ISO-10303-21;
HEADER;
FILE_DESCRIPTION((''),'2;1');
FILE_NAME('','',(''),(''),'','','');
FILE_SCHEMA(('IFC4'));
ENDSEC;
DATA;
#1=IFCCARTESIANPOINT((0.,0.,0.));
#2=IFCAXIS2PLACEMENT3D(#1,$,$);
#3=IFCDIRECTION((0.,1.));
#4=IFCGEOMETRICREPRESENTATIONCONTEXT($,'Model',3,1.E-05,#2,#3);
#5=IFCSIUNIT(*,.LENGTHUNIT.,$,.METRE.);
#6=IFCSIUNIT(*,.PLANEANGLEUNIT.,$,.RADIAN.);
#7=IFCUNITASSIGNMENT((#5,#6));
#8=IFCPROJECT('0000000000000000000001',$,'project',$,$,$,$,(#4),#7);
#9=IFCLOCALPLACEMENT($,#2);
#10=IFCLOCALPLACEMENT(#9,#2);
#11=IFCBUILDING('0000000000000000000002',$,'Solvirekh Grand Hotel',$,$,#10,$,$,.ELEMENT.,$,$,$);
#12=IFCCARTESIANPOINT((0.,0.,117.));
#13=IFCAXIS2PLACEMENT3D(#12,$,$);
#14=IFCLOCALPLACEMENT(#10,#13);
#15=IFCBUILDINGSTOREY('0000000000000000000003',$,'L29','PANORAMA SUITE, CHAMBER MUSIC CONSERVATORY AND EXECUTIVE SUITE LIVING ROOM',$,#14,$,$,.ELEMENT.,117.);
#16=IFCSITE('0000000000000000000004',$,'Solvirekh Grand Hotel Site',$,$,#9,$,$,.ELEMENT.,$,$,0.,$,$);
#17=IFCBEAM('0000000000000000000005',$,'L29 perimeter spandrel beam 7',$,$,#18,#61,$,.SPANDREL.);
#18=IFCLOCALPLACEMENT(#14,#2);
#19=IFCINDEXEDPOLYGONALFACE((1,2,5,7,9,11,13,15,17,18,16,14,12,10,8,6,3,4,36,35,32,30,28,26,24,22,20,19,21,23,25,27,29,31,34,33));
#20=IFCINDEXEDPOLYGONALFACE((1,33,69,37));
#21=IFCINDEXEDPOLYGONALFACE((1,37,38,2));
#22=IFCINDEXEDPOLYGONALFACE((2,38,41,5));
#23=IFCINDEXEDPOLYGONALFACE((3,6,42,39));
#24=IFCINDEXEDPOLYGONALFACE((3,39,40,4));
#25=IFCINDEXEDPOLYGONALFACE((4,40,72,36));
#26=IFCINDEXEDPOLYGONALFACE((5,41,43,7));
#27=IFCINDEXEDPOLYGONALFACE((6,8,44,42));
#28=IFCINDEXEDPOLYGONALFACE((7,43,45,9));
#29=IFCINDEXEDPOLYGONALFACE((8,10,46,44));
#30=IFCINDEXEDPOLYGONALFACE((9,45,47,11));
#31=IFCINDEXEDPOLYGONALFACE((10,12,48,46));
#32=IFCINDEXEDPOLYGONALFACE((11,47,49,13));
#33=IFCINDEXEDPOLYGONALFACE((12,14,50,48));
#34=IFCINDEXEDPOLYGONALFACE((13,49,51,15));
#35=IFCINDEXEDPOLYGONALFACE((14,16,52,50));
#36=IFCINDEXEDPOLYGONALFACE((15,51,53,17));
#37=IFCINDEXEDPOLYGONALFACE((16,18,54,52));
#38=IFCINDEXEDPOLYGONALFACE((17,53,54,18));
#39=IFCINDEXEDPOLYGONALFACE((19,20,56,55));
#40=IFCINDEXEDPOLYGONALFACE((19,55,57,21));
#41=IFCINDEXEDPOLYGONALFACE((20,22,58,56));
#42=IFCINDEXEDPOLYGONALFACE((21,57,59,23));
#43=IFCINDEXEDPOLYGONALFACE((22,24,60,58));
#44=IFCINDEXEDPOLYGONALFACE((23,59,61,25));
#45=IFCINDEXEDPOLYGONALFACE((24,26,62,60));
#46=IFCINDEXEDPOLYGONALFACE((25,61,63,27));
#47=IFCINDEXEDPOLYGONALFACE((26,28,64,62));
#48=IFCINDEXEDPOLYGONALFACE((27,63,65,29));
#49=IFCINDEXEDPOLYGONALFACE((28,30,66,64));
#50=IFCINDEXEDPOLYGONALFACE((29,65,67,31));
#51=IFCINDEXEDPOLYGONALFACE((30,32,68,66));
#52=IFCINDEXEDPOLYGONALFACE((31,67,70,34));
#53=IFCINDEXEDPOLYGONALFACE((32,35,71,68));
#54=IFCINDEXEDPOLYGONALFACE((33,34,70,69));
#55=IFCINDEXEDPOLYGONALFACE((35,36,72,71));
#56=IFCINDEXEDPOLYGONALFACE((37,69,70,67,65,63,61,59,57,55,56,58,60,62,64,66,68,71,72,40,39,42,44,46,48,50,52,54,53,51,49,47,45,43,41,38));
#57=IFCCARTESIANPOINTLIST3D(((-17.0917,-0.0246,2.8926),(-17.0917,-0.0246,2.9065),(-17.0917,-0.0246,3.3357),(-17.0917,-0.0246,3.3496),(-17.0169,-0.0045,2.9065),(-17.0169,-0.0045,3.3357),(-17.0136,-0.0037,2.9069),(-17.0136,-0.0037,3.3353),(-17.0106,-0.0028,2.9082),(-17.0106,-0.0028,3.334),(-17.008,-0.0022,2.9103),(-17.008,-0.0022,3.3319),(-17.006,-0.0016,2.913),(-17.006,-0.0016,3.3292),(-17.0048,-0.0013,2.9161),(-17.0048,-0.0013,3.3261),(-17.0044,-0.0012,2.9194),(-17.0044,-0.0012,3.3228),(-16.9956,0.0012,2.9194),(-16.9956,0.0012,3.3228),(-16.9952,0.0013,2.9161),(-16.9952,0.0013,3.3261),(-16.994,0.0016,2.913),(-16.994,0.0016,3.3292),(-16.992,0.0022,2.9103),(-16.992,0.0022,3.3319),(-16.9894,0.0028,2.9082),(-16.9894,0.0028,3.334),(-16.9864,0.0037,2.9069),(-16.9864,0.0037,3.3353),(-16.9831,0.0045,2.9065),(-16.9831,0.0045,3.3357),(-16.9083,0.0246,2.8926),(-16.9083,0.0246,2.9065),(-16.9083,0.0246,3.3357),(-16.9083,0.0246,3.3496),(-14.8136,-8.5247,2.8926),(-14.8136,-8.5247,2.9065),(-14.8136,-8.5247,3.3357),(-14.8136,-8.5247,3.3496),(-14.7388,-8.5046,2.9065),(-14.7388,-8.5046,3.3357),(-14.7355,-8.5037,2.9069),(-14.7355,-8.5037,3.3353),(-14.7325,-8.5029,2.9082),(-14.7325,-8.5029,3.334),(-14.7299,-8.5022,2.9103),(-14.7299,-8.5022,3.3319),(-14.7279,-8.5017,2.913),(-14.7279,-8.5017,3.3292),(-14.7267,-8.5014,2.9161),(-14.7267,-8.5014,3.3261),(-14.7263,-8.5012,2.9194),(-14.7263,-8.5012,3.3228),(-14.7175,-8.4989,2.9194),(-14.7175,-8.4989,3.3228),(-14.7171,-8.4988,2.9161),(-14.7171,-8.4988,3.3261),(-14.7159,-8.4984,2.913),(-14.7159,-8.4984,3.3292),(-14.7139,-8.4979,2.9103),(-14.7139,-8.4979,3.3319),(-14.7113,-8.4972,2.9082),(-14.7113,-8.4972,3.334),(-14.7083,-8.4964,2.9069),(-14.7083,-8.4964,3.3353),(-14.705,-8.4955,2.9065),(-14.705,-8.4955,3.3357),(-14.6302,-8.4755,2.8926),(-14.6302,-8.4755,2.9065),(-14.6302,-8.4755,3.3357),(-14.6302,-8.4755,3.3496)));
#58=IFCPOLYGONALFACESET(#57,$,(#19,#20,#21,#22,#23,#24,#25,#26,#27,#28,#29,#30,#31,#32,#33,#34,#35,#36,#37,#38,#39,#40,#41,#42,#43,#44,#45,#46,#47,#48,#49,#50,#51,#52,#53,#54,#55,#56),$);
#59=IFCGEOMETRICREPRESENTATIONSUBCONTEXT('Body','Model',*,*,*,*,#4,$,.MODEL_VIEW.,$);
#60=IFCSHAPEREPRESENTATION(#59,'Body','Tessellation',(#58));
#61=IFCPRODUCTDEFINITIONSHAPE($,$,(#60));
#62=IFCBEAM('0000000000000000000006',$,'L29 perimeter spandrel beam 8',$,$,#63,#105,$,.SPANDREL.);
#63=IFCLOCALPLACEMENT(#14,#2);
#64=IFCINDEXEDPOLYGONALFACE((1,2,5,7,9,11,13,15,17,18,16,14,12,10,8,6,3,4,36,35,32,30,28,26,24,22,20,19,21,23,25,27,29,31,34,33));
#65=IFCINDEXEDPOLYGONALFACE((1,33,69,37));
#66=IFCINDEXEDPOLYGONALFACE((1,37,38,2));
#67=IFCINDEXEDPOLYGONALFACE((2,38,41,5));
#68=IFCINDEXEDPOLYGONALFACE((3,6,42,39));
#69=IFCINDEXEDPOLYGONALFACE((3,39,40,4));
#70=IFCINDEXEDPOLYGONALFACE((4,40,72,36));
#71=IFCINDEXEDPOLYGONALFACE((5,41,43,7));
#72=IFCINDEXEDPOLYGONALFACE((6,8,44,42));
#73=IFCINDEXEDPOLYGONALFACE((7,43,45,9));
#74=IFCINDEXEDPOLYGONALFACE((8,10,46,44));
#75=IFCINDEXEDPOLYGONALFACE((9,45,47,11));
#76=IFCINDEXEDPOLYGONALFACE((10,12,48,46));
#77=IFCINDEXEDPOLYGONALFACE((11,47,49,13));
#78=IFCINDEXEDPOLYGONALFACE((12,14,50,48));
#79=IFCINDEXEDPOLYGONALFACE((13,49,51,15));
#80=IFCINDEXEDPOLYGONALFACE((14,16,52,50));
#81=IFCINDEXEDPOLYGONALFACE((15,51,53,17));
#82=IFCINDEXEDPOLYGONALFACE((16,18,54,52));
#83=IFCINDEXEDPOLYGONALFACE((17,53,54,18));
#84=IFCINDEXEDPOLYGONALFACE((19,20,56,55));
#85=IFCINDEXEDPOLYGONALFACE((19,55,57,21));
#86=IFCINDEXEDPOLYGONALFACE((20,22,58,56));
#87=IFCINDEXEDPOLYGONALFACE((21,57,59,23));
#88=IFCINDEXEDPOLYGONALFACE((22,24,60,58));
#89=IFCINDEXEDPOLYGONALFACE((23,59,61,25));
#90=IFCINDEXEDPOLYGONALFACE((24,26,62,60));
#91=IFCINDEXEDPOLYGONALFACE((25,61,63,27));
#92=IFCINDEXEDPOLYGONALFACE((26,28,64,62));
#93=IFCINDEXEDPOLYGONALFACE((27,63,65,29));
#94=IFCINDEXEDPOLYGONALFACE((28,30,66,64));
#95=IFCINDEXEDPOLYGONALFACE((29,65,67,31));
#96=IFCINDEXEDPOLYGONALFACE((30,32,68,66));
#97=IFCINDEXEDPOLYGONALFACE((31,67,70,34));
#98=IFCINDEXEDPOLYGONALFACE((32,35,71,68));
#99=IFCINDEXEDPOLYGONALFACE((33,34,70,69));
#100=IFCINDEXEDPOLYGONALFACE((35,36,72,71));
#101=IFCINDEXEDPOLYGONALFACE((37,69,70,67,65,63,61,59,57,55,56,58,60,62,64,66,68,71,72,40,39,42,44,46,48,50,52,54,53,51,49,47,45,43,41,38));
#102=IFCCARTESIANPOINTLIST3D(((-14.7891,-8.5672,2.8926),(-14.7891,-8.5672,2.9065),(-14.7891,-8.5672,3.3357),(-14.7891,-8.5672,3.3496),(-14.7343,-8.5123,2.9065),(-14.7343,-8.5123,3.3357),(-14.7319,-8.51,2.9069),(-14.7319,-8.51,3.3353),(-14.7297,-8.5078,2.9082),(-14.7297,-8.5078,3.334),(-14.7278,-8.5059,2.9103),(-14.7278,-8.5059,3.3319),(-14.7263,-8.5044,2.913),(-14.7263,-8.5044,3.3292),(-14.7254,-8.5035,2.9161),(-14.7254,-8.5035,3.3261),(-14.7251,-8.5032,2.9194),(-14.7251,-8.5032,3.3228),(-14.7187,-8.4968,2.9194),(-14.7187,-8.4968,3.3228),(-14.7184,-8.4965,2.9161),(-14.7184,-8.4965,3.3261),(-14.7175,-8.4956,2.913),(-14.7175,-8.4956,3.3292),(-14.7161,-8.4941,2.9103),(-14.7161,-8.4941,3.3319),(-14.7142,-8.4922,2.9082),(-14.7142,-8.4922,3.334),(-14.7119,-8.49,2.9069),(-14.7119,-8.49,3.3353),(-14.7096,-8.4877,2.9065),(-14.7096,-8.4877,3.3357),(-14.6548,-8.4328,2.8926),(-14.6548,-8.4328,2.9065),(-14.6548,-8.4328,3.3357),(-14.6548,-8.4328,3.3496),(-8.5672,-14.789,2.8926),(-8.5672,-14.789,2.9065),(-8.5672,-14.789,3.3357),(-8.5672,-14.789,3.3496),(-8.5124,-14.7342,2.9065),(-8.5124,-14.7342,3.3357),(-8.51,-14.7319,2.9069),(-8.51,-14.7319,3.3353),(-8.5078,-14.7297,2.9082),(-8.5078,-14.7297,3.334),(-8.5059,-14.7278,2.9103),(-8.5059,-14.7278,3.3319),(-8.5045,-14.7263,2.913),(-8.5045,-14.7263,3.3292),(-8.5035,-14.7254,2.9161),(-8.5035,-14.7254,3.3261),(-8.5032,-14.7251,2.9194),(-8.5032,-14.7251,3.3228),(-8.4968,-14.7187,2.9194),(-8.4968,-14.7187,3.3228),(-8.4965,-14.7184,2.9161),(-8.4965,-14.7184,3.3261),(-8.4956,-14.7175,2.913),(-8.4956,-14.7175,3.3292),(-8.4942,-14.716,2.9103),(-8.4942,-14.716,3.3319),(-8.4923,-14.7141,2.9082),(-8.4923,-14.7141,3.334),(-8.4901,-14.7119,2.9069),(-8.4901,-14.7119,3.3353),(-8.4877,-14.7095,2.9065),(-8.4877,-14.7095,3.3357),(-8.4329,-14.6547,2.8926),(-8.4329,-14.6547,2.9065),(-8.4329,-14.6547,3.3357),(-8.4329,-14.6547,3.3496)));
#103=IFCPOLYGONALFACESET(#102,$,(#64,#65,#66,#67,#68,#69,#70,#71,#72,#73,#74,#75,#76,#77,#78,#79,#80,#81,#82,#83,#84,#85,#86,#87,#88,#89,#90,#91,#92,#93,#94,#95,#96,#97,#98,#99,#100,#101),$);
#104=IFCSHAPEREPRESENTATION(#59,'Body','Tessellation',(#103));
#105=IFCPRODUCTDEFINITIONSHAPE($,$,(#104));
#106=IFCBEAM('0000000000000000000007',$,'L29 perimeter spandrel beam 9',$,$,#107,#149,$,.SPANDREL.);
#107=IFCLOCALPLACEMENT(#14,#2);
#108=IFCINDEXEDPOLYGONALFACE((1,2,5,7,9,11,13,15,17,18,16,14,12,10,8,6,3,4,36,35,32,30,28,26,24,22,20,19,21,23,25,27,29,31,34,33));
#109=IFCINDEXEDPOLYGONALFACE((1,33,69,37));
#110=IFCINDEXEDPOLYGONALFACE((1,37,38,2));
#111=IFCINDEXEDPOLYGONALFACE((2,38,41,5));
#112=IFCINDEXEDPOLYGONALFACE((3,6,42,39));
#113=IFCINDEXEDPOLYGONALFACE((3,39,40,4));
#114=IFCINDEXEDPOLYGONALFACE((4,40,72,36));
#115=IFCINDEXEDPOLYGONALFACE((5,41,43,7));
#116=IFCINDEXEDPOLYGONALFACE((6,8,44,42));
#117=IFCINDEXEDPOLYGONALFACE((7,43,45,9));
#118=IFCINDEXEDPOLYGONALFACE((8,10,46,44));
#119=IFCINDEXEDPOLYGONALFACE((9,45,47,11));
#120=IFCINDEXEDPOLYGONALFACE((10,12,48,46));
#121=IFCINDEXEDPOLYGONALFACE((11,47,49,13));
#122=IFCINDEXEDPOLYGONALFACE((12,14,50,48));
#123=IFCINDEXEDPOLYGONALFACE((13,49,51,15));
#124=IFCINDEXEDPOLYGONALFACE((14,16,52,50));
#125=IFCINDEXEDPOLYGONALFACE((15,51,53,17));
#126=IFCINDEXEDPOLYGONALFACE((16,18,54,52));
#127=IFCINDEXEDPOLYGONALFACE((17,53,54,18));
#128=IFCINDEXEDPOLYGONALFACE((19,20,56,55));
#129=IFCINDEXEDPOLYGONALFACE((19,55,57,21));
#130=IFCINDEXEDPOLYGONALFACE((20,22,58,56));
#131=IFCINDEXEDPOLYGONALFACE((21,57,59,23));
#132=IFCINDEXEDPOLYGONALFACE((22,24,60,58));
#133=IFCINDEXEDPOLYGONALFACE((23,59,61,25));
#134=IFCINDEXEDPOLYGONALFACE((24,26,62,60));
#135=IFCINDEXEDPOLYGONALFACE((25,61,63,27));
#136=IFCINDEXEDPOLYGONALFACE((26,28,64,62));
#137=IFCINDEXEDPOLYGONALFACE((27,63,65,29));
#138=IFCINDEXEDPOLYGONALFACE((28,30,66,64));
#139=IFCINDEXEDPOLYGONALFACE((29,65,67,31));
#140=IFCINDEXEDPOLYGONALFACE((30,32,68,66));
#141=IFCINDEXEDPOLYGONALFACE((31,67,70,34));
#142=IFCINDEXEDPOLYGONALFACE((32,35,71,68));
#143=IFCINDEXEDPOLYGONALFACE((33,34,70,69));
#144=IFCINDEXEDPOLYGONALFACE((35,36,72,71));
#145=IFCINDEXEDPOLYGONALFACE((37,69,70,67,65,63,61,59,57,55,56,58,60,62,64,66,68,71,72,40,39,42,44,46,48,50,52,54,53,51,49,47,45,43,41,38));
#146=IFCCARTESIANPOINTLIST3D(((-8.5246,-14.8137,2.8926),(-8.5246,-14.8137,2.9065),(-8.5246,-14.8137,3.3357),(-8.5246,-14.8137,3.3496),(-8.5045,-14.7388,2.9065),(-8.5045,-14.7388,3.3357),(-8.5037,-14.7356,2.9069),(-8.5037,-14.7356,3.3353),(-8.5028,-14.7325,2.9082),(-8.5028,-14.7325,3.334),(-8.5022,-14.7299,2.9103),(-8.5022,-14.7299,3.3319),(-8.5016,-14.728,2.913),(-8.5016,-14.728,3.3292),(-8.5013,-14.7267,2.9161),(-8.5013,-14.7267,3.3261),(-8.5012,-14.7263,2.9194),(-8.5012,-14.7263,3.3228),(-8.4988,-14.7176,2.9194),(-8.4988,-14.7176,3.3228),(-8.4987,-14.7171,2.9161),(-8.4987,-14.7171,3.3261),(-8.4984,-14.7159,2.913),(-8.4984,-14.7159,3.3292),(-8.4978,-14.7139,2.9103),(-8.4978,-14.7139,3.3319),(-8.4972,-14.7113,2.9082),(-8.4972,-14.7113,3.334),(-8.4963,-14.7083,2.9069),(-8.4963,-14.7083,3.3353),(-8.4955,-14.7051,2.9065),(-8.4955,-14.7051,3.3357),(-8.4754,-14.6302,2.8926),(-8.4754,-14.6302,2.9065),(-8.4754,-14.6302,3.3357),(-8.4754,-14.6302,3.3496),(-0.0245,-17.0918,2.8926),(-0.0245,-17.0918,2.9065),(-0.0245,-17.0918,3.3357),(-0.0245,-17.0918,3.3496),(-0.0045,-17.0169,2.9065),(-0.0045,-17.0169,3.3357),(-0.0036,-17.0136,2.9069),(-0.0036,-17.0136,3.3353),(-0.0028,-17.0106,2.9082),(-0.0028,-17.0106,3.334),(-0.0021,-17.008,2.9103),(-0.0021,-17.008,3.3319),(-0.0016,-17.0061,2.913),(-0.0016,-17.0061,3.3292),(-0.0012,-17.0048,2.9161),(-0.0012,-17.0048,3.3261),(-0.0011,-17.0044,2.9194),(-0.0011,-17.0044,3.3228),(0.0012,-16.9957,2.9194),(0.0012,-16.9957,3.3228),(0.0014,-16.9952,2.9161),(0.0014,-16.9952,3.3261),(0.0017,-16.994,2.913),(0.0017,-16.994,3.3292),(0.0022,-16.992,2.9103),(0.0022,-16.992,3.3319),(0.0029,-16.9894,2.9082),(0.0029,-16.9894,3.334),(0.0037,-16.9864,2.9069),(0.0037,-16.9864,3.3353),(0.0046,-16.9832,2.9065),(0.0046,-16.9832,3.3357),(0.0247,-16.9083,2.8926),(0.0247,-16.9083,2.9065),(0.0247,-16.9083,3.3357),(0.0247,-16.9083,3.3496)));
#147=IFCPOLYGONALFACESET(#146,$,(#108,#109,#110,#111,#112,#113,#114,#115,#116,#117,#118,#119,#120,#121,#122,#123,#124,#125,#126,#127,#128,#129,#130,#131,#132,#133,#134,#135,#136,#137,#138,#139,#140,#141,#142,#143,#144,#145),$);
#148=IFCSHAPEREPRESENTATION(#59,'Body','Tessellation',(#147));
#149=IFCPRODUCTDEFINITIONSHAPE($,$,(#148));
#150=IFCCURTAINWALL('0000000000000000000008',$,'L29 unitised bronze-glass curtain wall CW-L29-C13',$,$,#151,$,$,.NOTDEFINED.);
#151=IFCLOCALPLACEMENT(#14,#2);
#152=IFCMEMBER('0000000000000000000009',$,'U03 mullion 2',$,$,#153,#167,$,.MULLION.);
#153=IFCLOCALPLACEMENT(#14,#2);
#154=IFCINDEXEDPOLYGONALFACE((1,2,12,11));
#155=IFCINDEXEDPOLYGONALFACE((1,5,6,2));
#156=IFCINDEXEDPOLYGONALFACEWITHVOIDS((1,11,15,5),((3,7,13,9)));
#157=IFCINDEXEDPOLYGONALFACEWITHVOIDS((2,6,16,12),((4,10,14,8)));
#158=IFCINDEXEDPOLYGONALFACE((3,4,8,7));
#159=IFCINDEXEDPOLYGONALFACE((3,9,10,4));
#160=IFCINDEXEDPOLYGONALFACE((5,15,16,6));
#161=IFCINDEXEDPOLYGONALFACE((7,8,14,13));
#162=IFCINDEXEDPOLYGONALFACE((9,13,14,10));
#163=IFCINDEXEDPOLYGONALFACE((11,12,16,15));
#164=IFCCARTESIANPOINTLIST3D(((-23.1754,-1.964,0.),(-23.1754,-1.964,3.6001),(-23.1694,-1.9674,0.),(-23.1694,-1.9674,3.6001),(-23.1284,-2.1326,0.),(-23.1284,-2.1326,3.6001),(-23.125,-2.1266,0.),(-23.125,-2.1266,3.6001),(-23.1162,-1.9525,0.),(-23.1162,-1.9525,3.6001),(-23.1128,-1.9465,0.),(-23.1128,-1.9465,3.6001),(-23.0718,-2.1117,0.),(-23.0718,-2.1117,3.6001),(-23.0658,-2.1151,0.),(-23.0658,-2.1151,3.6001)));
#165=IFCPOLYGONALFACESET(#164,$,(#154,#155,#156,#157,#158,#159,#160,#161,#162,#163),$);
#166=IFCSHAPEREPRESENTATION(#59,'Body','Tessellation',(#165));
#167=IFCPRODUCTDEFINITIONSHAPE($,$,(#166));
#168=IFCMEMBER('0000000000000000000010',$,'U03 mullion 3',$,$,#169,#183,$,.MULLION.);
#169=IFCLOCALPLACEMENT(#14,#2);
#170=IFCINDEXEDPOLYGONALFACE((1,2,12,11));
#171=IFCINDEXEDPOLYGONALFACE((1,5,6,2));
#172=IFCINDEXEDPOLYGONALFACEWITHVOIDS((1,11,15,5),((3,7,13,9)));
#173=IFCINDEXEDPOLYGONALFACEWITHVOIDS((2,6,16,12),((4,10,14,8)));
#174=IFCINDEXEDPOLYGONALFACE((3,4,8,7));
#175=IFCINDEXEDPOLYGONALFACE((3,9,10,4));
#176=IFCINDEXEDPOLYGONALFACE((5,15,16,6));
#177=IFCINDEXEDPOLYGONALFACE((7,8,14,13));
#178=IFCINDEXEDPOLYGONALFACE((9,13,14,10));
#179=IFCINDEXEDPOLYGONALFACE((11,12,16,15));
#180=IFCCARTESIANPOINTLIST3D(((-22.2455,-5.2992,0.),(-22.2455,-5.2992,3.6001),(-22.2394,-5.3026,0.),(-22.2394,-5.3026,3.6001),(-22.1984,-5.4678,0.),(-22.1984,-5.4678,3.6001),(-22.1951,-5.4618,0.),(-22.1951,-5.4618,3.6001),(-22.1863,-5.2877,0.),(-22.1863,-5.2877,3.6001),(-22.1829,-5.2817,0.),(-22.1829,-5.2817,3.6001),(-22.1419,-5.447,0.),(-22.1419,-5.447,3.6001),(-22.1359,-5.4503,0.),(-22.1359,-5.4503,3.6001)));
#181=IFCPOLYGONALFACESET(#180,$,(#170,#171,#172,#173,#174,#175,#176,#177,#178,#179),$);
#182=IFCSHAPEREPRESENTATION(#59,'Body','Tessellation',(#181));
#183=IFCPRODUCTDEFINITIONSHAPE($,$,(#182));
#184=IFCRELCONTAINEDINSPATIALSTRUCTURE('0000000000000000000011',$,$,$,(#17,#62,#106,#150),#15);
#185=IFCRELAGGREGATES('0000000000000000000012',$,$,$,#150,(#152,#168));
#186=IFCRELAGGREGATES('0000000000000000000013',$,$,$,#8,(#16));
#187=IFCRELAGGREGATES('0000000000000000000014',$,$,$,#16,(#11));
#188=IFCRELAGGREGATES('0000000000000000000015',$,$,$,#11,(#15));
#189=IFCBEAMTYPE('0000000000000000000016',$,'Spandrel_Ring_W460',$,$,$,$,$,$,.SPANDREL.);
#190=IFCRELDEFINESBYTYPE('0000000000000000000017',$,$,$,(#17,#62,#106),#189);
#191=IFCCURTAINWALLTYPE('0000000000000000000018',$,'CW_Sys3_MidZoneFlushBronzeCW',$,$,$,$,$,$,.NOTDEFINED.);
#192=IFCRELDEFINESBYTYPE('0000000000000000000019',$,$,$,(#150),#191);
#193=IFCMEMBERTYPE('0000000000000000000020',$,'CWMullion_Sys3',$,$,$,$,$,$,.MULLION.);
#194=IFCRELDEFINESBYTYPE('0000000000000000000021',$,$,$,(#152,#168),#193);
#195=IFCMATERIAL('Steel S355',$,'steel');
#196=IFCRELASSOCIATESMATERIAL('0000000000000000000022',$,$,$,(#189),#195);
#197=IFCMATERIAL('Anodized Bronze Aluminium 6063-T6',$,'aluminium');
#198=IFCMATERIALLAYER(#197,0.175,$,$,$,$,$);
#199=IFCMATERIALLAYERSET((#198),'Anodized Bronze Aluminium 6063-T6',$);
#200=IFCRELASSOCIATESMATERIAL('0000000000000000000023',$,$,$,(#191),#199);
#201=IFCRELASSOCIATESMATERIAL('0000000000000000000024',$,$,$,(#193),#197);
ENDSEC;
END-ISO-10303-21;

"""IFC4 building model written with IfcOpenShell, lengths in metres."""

from ifc_helpers import new_model, si_unit, direction, frame, origin, origin_2d, place, context, subcontext, project, spatial, hollow_rectangle, i_section, extrude, source, transform, mapped, material, layer, layer_set, material_profile, profile_set, type_object, element, aggregate, save


model = new_model("IFC4")

# Units and contexts
model_context = context("Model", 3, precision=1e-05, world=origin(), true_north=direction((0.0, 1.0)))
body_context = subcontext(model_context, "Body", "Model", "MODEL_VIEW")
ifc_project = project(units=[si_unit("LENGTHUNIT", "METRE"), si_unit("PLANEANGLEUNIT", "RADIAN")], contexts=[model_context])

# Site, building, storey
site_placement = place(None, origin())
site = spatial("IfcSite", under=ifc_project, at=site_placement, Name="Solvirekh Grand Hotel Site", CompositionType="ELEMENT", RefElevation=0.0)
building_placement = place(site_placement, origin())
building = spatial("IfcBuilding", under=site, at=building_placement, Name="Solvirekh Grand Hotel", CompositionType="ELEMENT")
storey_placement = place(building_placement, frame((0.0, 0.0, 117.0)))
storey = spatial("IfcBuildingStorey", under=building, at=storey_placement, Name="L29", Description="PANORAMA SUITE, CHAMBER MUSIC CONSERVATORY AND EXECUTIVE SUITE LIVING ROOM", CompositionType="ELEMENT", Elevation=117.0)

# Beams
ifc_material_1 = material(Name="Steel S355", Category="steel")
ifc_material_profile_1 = material_profile(ifc_material_1, i_section(OverallWidth=0.1899, OverallDepth=0.457, WebThickness=0.009, FlangeThickness=0.0139, FilletRadius=0.0129, at=origin_2d()), Name="W460X74")
ifc_profile_set_1 = profile_set([ifc_material_profile_1], Name="Steel S355")
beam_type_1 = type_object("IfcBeamType", Name="Spandrel_Ring_W460", PredefinedType="SPANDREL", material=ifc_profile_set_1)
beam_1_placement = place(storey_placement, frame((-17.0, 0.0, 3.1211), z_axis=(0.258873, -0.965911, 0.0), x_axis=(0.965911, 0.258873, 0.0)))
element("IfcBeam", 1, at=beam_1_placement, inside=storey, type_object=beam_type_1, Name="L29 perimeter spandrel beam 7", PredefinedType="SPANDREL", context=body_context, shape_type="SweptSolid", body=[
    extrude(i_section(OverallWidth=0.1899, OverallDepth=0.457, WebThickness=0.009, FlangeThickness=0.0139, FilletRadius=0.0129, at=origin_2d()), origin(), (0.0, 0.0, 1.0), 8.8),
])
beam_2_placement = place(storey_placement, frame((-14.7219, -8.5, 3.1211), z_axis=(0.707107, -0.707107, 0.0), x_axis=(0.707107, 0.707107, 0.0)))
element("IfcBeam", 2, at=beam_2_placement, inside=storey, type_object=beam_type_1, Name="L29 perimeter spandrel beam 8", PredefinedType="SPANDREL", context=body_context, shape_type="SweptSolid", body=[
    extrude(i_section(OverallWidth=0.1899, OverallDepth=0.457, WebThickness=0.009, FlangeThickness=0.0139, FilletRadius=0.0129, at=origin_2d()), origin(), (0.0, 0.0, 1.0), 8.7991),
])
beam_3_placement = place(storey_placement, frame((-8.5, -14.7219, 3.1211), z_axis=(0.965911, -0.258873, 0.0), x_axis=(0.258873, 0.965911, 0.0)))
element("IfcBeam", 3, at=beam_3_placement, inside=storey, type_object=beam_type_1, Name="L29 perimeter spandrel beam 9", PredefinedType="SPANDREL", context=body_context, shape_type="SweptSolid", body=[
    extrude(i_section(OverallWidth=0.1899, OverallDepth=0.457, WebThickness=0.009, FlangeThickness=0.0139, FilletRadius=0.0129, at=origin_2d()), origin(), (0.0, 0.0, 1.0), 8.8),
])

# Curtain wall, members
ifc_material_2 = material(Name="Anodized Bronze Aluminium 6063-T6", Category="aluminium")
ifc_layer_1 = layer(ifc_material_2, 0.175)
ifc_layer_set_1 = layer_set([ifc_layer_1], Name="Anodized Bronze Aluminium 6063-T6")
curtain_wall_type = type_object("IfcCurtainWallType", Name="CW_Sys3_MidZoneFlushBronzeCW", PredefinedType="NOTDEFINED", material=ifc_layer_set_1)
curtain_wall_1_placement = place(storey_placement, origin())
curtain_wall_1 = element("IfcCurtainWall", 4, at=curtain_wall_1_placement, inside=storey, type_object=curtain_wall_type, Name="L29 unitised bronze-glass curtain wall CW-L29-C13", PredefinedType="NOTDEFINED")
ifc_material_profile_2 = material_profile(ifc_material_2, hollow_rectangle(XDim=0.0649, YDim=0.175, WallThickness=0.0049, at=origin_2d()), Name="ALU RHS 175X65X5")
ifc_profile_set_2 = profile_set([ifc_material_profile_2], Name="Anodized Bronze Aluminium 6063-T6")
member_type_1 = type_object("IfcMemberType", Name="CWMullion_Sys3", PredefinedType="MULLION", material=ifc_profile_set_2)
shared_shape_1 = source(origin(), body_context, "Body", "SweptSolid", [
    extrude(hollow_rectangle(XDim=0.0649, YDim=0.175, WallThickness=0.0049, at=origin_2d()), origin(), (0.0, 0.0, 1.0), 3.6001),
])
member_1_placement = place(storey_placement, frame((-23.1206, -2.0396, 0.0), z_axis=(0.0, 0.0, 1.0), x_axis=(0.963269, 0.268537, 0.0)))
member_1 = element("IfcMember", 5, at=member_1_placement, type_object=member_type_1, Name="U03 mullion 2", PredefinedType="MULLION", context=body_context, shape_type="MappedRepresentation", body=[
    mapped(shared_shape_1, transform((0.0, 0.0, 0.0), x_axis=(1.0, 0.0, 0.0), y_axis=(0.0, 1.0, 0.0), z_axis=(0.0, 0.0, 1.0), scale=1.0)),
])
member_2_placement = place(storey_placement, frame((-22.1907, -5.3748, 0.0), z_axis=(0.0, 0.0, 1.0), x_axis=(0.963269, 0.268537, 0.0)))
member_2 = element("IfcMember", 6, at=member_2_placement, type_object=member_type_1, Name="U03 mullion 3", PredefinedType="MULLION", context=body_context, shape_type="MappedRepresentation", body=[
    mapped(shared_shape_1, transform((0.0, 0.0, 0.0), x_axis=(1.0, 0.0, 0.0), y_axis=(0.0, 1.0, 0.0), z_axis=(0.0, 0.0, 1.0), scale=1.0)),
])

aggregate(curtain_wall_1, [member_1, member_2])

save(model, "model.ifc")
